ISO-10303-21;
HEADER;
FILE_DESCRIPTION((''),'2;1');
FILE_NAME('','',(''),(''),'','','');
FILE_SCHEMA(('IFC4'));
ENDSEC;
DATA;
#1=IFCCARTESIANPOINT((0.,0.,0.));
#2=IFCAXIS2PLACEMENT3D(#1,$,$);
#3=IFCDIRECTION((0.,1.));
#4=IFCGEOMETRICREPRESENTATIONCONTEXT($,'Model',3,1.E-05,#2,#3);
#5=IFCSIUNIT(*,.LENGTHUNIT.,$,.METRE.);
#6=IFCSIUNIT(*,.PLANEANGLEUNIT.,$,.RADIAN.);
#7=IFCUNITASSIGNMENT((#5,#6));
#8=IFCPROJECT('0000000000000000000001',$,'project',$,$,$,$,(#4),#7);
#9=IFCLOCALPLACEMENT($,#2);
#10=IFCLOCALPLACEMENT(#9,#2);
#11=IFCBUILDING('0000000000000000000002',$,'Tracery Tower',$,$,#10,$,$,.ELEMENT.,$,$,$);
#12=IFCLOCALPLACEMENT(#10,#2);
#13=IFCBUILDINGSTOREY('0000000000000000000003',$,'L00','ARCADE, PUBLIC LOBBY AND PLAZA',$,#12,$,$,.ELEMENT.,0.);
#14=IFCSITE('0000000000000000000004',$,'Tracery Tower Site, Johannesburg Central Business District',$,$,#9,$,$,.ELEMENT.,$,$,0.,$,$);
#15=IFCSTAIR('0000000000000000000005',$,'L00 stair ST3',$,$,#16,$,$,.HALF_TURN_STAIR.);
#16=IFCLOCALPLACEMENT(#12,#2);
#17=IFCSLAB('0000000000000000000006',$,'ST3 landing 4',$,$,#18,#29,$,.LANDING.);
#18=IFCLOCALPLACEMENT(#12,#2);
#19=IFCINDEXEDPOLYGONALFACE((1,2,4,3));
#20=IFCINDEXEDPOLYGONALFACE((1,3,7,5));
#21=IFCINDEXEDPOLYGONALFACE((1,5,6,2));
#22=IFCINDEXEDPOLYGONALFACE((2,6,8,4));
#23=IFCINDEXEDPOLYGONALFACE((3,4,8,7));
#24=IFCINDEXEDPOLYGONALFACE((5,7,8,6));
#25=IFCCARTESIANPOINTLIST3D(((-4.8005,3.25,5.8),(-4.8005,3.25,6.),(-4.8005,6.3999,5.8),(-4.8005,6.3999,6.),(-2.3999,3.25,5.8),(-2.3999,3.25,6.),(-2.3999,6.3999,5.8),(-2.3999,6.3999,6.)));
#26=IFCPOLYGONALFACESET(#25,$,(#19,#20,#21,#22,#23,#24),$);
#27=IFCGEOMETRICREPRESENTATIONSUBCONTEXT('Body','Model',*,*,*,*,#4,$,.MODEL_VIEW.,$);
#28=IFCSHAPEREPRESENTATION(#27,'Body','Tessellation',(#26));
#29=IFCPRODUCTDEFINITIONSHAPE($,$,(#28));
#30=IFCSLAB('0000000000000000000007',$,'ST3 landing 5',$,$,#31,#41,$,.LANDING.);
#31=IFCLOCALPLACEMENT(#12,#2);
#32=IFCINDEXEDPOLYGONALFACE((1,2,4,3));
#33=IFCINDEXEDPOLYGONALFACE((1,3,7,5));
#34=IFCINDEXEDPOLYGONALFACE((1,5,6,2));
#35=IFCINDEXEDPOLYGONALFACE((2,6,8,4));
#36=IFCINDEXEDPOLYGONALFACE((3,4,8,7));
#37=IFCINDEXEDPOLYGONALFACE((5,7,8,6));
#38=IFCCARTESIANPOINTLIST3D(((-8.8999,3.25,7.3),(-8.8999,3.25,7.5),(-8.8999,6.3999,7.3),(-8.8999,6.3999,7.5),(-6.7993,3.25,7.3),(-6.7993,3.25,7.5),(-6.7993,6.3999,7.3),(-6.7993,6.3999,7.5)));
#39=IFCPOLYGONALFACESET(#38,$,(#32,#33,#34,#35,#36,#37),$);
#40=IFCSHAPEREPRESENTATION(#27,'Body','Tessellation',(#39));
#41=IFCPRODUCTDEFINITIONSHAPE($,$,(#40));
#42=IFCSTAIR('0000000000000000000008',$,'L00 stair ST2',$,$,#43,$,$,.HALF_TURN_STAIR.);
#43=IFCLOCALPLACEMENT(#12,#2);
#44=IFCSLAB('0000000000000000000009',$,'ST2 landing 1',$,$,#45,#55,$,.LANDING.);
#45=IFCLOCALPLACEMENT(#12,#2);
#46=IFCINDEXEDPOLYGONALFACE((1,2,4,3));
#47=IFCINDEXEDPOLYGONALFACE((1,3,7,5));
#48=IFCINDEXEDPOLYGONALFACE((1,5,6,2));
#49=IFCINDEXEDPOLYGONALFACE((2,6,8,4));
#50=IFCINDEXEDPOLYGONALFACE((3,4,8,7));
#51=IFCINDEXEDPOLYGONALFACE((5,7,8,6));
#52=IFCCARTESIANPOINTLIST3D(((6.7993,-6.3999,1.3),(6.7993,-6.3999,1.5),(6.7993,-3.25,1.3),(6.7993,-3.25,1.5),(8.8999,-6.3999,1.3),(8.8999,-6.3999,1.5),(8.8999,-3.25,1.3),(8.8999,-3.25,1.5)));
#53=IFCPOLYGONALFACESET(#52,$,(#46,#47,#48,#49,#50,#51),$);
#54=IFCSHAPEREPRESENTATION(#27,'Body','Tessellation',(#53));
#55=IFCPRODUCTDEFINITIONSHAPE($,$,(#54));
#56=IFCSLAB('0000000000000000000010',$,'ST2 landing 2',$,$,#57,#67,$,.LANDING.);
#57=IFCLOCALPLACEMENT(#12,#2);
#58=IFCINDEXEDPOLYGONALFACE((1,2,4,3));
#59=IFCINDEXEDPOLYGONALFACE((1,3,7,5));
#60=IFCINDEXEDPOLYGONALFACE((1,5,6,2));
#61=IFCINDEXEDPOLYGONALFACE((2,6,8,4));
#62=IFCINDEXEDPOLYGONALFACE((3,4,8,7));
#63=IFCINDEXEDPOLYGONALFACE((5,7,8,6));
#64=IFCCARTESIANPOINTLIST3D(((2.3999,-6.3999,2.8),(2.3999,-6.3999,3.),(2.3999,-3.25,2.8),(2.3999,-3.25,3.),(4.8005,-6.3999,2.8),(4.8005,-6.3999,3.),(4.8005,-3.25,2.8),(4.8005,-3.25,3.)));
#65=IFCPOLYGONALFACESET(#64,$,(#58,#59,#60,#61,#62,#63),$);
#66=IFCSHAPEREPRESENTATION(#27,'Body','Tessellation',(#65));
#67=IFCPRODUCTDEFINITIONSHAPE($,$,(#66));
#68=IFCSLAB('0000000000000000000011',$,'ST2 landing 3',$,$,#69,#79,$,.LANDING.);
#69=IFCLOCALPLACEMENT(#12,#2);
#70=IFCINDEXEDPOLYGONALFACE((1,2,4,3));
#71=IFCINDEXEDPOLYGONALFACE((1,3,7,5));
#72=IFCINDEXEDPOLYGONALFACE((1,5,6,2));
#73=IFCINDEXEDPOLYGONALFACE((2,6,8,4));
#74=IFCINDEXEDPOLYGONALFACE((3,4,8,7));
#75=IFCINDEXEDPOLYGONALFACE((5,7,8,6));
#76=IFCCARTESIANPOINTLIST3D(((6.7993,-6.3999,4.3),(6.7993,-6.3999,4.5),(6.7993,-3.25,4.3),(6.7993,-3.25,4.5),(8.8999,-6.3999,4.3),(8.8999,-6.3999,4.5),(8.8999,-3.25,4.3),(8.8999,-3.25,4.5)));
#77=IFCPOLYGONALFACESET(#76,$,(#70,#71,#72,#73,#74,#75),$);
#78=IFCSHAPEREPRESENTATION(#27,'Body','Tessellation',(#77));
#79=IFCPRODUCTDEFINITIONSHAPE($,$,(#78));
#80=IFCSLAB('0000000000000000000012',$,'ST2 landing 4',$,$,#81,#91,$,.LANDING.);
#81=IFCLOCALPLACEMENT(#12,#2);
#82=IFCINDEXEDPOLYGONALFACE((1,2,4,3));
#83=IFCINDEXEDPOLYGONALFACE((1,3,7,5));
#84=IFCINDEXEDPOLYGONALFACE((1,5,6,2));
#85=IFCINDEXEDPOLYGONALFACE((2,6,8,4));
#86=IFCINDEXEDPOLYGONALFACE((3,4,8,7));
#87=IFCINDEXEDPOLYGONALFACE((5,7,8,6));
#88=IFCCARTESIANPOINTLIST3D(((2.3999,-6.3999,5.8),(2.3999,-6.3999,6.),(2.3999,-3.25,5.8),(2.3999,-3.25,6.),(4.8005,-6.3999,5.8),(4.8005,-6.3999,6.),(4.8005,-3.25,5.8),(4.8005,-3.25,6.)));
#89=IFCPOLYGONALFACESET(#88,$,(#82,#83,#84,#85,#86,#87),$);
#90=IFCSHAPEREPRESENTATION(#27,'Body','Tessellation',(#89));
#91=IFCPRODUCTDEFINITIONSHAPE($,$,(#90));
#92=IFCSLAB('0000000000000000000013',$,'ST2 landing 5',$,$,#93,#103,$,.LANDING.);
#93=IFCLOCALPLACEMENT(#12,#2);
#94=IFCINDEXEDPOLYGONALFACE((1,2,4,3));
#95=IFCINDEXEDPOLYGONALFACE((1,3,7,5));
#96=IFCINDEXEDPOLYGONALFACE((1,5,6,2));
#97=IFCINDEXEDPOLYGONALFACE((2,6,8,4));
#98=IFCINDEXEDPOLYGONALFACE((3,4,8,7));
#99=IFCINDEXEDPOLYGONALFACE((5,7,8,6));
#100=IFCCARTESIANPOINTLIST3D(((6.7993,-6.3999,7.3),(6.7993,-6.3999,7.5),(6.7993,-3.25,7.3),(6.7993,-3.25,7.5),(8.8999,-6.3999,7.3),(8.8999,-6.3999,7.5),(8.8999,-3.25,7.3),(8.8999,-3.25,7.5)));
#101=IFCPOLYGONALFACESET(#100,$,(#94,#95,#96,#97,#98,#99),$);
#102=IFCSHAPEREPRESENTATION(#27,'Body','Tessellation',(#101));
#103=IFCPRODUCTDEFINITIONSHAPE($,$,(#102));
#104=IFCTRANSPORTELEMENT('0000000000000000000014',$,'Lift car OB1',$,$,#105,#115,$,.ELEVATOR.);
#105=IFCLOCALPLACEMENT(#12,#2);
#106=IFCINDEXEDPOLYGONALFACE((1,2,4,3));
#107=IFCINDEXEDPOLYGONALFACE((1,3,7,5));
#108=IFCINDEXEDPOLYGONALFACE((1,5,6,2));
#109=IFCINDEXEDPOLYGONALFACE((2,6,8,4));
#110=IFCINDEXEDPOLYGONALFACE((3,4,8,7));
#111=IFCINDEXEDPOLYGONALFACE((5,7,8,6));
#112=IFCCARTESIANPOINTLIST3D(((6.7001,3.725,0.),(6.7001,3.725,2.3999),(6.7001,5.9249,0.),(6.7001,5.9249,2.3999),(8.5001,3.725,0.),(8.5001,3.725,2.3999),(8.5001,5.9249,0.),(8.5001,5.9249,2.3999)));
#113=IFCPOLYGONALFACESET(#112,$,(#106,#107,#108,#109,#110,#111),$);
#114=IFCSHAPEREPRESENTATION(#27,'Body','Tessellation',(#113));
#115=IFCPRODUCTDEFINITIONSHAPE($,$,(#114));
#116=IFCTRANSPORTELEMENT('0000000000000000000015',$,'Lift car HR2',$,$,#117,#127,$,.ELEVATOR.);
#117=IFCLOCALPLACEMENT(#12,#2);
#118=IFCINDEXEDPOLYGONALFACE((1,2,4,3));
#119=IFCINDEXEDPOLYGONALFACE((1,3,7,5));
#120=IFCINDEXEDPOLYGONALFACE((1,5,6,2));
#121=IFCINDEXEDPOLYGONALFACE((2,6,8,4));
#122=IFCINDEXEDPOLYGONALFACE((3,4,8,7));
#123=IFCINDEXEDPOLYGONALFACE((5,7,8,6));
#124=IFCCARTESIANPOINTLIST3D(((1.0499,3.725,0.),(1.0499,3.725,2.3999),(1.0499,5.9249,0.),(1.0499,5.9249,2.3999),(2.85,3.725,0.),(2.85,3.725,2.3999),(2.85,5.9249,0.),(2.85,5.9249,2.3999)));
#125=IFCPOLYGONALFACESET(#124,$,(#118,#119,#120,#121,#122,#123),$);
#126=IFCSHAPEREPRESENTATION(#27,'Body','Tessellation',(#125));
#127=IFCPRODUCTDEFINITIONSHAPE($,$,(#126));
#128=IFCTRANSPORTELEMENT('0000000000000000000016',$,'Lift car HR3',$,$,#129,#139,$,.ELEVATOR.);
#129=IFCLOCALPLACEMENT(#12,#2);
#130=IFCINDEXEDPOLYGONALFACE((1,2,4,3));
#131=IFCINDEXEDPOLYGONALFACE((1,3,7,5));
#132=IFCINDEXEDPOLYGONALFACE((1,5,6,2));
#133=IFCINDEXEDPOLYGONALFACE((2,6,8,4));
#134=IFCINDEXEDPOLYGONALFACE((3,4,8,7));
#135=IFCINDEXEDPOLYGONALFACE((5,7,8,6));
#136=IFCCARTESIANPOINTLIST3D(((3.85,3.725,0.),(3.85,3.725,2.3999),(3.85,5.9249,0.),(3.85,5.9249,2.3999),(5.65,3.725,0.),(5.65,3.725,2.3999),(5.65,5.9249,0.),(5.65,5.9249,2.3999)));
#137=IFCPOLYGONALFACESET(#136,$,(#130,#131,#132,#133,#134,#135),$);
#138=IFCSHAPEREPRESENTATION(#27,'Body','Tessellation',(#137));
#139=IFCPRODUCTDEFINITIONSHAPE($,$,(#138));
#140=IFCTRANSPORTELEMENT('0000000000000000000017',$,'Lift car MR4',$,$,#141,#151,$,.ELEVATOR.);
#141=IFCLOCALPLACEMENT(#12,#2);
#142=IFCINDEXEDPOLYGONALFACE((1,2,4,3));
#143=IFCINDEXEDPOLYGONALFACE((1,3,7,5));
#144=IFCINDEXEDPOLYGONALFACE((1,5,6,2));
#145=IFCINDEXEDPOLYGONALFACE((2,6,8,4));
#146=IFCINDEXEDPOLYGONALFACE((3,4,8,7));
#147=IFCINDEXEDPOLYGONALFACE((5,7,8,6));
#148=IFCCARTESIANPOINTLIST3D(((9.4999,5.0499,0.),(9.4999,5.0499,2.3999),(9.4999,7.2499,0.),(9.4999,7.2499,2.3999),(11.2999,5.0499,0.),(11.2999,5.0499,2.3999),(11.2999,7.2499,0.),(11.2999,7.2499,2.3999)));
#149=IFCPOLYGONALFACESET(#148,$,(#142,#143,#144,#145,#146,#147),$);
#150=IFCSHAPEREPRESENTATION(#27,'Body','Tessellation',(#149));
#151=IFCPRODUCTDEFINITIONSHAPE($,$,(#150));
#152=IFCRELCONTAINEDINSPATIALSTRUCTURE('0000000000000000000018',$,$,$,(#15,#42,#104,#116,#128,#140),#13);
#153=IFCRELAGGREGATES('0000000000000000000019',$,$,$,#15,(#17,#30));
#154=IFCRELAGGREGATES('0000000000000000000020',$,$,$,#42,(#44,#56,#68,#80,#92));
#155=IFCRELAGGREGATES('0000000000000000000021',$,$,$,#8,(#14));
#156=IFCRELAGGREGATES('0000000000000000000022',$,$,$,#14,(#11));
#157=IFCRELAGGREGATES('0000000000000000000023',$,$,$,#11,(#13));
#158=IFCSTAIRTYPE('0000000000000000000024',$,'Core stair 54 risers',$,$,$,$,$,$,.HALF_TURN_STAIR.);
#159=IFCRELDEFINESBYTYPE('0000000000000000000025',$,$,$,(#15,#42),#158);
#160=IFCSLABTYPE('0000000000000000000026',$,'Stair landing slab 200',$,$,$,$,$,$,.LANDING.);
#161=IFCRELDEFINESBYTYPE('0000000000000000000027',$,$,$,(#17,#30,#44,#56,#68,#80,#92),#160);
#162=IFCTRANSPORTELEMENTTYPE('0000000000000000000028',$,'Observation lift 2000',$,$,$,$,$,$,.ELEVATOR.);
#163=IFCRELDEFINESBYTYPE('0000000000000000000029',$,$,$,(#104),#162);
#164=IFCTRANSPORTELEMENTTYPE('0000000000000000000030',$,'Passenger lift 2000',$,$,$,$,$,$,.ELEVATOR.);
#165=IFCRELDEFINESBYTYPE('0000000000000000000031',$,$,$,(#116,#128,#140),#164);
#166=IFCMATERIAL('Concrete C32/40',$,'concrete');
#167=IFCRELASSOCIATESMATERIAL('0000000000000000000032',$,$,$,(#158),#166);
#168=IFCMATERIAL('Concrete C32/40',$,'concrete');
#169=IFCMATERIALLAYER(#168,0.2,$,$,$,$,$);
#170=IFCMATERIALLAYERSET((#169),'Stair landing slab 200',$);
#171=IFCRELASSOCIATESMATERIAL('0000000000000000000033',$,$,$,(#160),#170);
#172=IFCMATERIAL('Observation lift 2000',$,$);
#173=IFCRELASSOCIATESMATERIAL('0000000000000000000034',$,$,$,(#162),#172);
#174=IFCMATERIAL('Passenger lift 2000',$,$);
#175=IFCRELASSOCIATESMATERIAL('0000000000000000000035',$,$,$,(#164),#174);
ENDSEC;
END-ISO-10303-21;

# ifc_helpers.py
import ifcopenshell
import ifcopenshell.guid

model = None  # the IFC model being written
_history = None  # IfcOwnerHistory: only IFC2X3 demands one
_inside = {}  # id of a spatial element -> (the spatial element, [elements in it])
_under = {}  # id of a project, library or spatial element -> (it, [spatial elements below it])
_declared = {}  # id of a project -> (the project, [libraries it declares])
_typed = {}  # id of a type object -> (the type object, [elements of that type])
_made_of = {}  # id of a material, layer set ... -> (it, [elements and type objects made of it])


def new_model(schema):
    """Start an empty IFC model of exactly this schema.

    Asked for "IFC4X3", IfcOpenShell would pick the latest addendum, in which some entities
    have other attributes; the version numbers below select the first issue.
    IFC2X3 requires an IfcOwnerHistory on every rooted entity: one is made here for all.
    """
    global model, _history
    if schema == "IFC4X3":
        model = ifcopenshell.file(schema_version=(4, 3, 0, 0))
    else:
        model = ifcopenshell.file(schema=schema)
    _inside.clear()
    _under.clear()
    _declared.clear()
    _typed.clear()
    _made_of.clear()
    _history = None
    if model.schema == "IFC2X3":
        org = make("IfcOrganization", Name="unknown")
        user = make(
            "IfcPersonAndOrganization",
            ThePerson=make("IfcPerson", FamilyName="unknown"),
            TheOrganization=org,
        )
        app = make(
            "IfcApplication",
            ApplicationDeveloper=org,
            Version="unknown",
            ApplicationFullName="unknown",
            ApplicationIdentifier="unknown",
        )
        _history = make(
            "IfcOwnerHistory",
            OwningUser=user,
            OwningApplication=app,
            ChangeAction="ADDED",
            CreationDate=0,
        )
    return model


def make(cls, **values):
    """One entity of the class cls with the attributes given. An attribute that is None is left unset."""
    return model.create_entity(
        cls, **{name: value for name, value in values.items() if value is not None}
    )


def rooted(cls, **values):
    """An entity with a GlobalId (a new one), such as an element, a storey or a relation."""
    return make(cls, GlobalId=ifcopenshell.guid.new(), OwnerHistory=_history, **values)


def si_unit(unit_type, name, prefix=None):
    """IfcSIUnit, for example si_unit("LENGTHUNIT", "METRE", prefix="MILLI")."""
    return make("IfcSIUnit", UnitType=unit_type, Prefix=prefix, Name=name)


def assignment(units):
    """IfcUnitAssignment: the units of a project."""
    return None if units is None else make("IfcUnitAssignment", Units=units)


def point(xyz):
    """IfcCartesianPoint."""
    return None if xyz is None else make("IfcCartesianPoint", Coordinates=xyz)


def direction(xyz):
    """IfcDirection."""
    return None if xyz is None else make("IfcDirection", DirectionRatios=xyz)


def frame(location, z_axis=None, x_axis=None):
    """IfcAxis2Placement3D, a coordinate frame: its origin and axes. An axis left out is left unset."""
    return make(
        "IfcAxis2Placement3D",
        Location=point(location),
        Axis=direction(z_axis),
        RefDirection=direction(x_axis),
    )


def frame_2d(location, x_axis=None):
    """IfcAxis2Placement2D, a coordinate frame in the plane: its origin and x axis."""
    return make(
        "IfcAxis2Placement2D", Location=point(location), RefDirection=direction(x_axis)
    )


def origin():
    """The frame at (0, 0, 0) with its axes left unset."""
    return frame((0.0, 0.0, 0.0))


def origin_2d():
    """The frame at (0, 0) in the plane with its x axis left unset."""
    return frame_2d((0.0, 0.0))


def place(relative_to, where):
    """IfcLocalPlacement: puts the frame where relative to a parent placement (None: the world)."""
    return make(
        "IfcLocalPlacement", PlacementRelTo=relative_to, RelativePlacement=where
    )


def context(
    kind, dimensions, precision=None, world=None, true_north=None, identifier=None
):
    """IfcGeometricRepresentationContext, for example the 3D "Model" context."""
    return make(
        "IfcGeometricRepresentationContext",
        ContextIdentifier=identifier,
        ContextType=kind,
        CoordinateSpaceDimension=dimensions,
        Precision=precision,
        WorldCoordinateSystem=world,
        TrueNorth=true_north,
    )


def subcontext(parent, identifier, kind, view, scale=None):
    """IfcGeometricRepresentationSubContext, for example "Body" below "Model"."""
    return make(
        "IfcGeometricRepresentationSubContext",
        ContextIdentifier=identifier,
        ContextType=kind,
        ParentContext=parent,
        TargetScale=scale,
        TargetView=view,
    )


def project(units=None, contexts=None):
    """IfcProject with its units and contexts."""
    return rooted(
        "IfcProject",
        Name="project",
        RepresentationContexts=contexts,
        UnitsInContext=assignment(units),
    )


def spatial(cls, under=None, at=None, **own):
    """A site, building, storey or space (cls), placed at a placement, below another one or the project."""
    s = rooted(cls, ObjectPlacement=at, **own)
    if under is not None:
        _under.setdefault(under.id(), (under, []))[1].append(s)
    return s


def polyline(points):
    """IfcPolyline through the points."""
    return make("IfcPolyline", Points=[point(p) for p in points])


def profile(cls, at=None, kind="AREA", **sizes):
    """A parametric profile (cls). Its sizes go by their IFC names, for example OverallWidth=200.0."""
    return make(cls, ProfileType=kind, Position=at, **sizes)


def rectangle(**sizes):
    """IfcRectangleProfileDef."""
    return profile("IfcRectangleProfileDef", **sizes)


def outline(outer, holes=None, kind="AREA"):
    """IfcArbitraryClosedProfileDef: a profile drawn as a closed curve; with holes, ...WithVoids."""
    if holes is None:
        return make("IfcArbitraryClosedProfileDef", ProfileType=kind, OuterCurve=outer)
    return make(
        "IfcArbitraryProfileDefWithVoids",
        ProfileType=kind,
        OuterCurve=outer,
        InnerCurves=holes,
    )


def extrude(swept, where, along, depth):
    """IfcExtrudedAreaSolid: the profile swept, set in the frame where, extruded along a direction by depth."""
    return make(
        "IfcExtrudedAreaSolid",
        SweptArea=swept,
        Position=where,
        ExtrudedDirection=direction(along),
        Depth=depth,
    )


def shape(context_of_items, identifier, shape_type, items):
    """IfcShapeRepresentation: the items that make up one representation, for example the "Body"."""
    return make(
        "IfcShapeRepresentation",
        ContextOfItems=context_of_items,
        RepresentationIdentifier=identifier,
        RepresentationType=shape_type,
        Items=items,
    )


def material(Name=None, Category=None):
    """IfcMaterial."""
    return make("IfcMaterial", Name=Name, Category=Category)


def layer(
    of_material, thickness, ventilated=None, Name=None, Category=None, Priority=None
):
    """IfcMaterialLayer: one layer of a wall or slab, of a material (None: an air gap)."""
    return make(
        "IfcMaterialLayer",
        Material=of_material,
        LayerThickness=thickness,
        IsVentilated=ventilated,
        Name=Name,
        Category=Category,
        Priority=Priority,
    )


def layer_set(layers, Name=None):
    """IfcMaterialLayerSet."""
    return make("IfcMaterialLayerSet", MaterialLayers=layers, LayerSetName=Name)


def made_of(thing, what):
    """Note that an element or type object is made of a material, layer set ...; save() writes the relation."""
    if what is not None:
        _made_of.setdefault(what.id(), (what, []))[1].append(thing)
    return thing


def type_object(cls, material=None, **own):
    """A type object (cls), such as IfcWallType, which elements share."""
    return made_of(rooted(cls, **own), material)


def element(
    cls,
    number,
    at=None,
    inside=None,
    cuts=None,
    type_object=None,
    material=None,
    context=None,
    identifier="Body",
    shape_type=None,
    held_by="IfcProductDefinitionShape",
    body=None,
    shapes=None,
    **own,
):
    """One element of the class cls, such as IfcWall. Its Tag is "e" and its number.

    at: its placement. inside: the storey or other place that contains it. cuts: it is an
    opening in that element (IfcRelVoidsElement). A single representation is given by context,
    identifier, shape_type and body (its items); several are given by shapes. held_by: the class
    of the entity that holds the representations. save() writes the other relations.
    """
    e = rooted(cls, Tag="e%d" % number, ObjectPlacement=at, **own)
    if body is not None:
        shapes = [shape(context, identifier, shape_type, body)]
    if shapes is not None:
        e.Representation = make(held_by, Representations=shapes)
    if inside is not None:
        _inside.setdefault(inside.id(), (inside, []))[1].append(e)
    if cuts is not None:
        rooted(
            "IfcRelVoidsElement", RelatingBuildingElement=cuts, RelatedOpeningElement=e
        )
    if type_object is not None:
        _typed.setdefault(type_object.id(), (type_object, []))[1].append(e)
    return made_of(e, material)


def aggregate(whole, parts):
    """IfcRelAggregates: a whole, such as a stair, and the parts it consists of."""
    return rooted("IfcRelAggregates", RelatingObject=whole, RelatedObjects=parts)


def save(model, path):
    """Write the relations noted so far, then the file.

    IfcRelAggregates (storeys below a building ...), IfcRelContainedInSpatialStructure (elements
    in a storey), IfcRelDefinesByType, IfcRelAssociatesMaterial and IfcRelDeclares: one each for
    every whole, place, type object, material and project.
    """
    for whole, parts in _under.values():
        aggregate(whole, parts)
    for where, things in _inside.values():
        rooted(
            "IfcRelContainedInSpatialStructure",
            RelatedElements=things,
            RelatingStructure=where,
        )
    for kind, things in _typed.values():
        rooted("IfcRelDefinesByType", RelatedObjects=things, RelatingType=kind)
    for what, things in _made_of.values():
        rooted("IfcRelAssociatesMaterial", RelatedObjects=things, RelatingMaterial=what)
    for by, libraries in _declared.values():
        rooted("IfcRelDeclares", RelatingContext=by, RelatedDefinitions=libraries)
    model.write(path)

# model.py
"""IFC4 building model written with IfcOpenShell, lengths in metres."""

from ifc_helpers import new_model, si_unit, direction, frame, origin, origin_2d, place, context, subcontext, project, spatial, polyline, rectangle, outline, extrude, material, layer, layer_set, type_object, element, aggregate, save


model = new_model("IFC4")

# Units and contexts
model_context = context("Model", 3, precision=1e-05, world=origin(), true_north=direction((0.0, 1.0)))
body_context = subcontext(model_context, "Body", "Model", "MODEL_VIEW")
ifc_project = project(units=[si_unit("LENGTHUNIT", "METRE"), si_unit("PLANEANGLEUNIT", "RADIAN")], contexts=[model_context])

# Site, building, storey
site_placement = place(None, origin())
site = spatial("IfcSite", under=ifc_project, at=site_placement, Name="Tracery Tower Site, Johannesburg Central Business District", CompositionType="ELEMENT", RefElevation=0.0)
building_placement = place(site_placement, origin())
building = spatial("IfcBuilding", under=site, at=building_placement, Name="Tracery Tower", CompositionType="ELEMENT")
storey_placement = place(building_placement, origin())
storey = spatial("IfcBuildingStorey", under=building, at=storey_placement, Name="L00", Description="ARCADE, PUBLIC LOBBY AND PLAZA", CompositionType="ELEMENT", Elevation=0.0)

# Stairs, slabs
ifc_material_1 = material(Name="Concrete C32/40", Category="concrete")
stair_type = type_object("IfcStairType", Name="Core stair 54 risers", PredefinedType="HALF_TURN_STAIR", material=ifc_material_1)
ifc_material_2 = material(Name="Concrete C32/40", Category="concrete")
ifc_layer_1 = layer(ifc_material_2, 0.2)
ifc_layer_set_1 = layer_set([ifc_layer_1], Name="Stair landing slab 200")
slab_type_1 = type_object("IfcSlabType", Name="Stair landing slab 200", PredefinedType="LANDING", material=ifc_layer_set_1)
stair_1_placement = place(storey_placement, origin())
stair_1 = element("IfcStair", 1, at=stair_1_placement, inside=storey, type_object=stair_type, Name="L00 stair ST3", PredefinedType="HALF_TURN_STAIR")
slab_1_placement = place(storey_placement, frame((0.0, 0.0, 5.8)))
slab_1 = element("IfcSlab", 2, at=slab_1_placement, type_object=slab_type_1, Name="ST3 landing 4", PredefinedType="LANDING", context=body_context, shape_type="SweptSolid", body=[
    extrude(outline(polyline([(-2.3999, 6.3999), (-4.8005, 6.3999), (-4.8005, 3.25), (-2.3999, 3.25), (-2.3999, 6.3999)])), origin(), (0.0, 0.0, 1.0), 0.2),
])
slab_2_placement = place(storey_placement, frame((0.0, 0.0, 7.3)))
slab_2 = element("IfcSlab", 3, at=slab_2_placement, type_object=slab_type_1, Name="ST3 landing 5", PredefinedType="LANDING", context=body_context, shape_type="SweptSolid", body=[
    extrude(outline(polyline([(-6.7993, 6.3999), (-8.8999, 6.3999), (-8.8999, 3.25), (-6.7993, 3.25), (-6.7993, 6.3999)])), origin(), (0.0, 0.0, 1.0), 0.2),
])
aggregate(stair_1, [slab_1, slab_2])
stair_2_placement = place(storey_placement, origin())
stair_2 = element("IfcStair", 4, at=stair_2_placement, inside=storey, type_object=stair_type, Name="L00 stair ST2", PredefinedType="HALF_TURN_STAIR")
slab_3_placement = place(storey_placement, frame((0.0, 0.0, 1.3)))
slab_3 = element("IfcSlab", 5, at=slab_3_placement, type_object=slab_type_1, Name="ST2 landing 1", PredefinedType="LANDING", context=body_context, shape_type="SweptSolid", body=[
    extrude(outline(polyline([(6.7993, -6.3999), (8.8999, -6.3999), (8.8999, -3.25), (6.7993, -3.25), (6.7993, -6.3999)])), origin(), (0.0, 0.0, 1.0), 0.2),
])
slab_4_placement = place(storey_placement, frame((0.0, 0.0, 2.8)))
slab_4 = element("IfcSlab", 6, at=slab_4_placement, type_object=slab_type_1, Name="ST2 landing 2", PredefinedType="LANDING", context=body_context, shape_type="SweptSolid", body=[
    extrude(outline(polyline([(2.3999, -6.3999), (4.8005, -6.3999), (4.8005, -3.25), (2.3999, -3.25), (2.3999, -6.3999)])), origin(), (0.0, 0.0, 1.0), 0.2),
])
slab_5_placement = place(storey_placement, frame((0.0, 0.0, 4.3)))
slab_5 = element("IfcSlab", 7, at=slab_5_placement, type_object=slab_type_1, Name="ST2 landing 3", PredefinedType="LANDING", context=body_context, shape_type="SweptSolid", body=[
    extrude(outline(polyline([(6.7993, -6.3999), (8.8999, -6.3999), (8.8999, -3.25), (6.7993, -3.25), (6.7993, -6.3999)])), origin(), (0.0, 0.0, 1.0), 0.2),
])
slab_6_placement = place(storey_placement, frame((0.0, 0.0, 5.8)))
slab_6 = element("IfcSlab", 8, at=slab_6_placement, type_object=slab_type_1, Name="ST2 landing 4", PredefinedType="LANDING", context=body_context, shape_type="SweptSolid", body=[
    extrude(outline(polyline([(2.3999, -6.3999), (4.8005, -6.3999), (4.8005, -3.25), (2.3999, -3.25), (2.3999, -6.3999)])), origin(), (0.0, 0.0, 1.0), 0.2),
])
slab_7_placement = place(storey_placement, frame((0.0, 0.0, 7.3)))
slab_7 = element("IfcSlab", 9, at=slab_7_placement, type_object=slab_type_1, Name="ST2 landing 5", PredefinedType="LANDING", context=body_context, shape_type="SweptSolid", body=[
    extrude(outline(polyline([(6.7993, -6.3999), (8.8999, -6.3999), (8.8999, -3.25), (6.7993, -3.25), (6.7993, -6.3999)])), origin(), (0.0, 0.0, 1.0), 0.2),
])
aggregate(stair_2, [slab_3, slab_4, slab_5, slab_6, slab_7])

# Transport elements
ifc_material_3 = material(Name="Observation lift 2000")
transport_element_type_1 = type_object("IfcTransportElementType", Name="Observation lift 2000", PredefinedType="ELEVATOR", material=ifc_material_3)
transport_element_placement = place(storey_placement, frame((7.6001, 4.825, 0.0), z_axis=(0.0, 0.0, 1.0), x_axis=(1.0, 0.0, 0.0)))
element("IfcTransportElement", 10, at=transport_element_placement, inside=storey, type_object=transport_element_type_1, Name="Lift car OB1", PredefinedType="ELEVATOR", context=body_context, shape_type="SweptSolid", body=[
    extrude(rectangle(XDim=1.8, YDim=2.2, at=origin_2d()), origin(), (0.0, 0.0, 1.0), 2.3999),
])
ifc_material_4 = material(Name="Passenger lift 2000")
transport_element_type_2 = type_object("IfcTransportElementType", Name="Passenger lift 2000", PredefinedType="ELEVATOR", material=ifc_material_4)
for number, where, z_axis, x_axis, name in (
    (11, (1.95, 4.825, 0.0), (0.0, 0.0, 1.0), (1.0, 0.0, 0.0), "Lift car HR2"),
    (12, (4.75, 4.825, 0.0), (0.0, 0.0, 1.0), (1.0, 0.0, 0.0), "Lift car HR3"),
    (13, (10.3999, 6.1499, 0.0), (0.0, 0.0, 1.0), (1.0, 0.0, 0.0), "Lift car MR4"),
):
    element("IfcTransportElement", number, at=place(storey_placement, frame(where, z_axis=z_axis, x_axis=x_axis)), inside=storey, type_object=transport_element_type_2, Name=name, PredefinedType="ELEVATOR", context=body_context, shape_type="SweptSolid", body=[
        extrude(rectangle(XDim=1.8, YDim=2.2, at=origin_2d()), origin(), (0.0, 0.0, 1.0), 2.3999),
    ])

save(model, "model.ifc")
